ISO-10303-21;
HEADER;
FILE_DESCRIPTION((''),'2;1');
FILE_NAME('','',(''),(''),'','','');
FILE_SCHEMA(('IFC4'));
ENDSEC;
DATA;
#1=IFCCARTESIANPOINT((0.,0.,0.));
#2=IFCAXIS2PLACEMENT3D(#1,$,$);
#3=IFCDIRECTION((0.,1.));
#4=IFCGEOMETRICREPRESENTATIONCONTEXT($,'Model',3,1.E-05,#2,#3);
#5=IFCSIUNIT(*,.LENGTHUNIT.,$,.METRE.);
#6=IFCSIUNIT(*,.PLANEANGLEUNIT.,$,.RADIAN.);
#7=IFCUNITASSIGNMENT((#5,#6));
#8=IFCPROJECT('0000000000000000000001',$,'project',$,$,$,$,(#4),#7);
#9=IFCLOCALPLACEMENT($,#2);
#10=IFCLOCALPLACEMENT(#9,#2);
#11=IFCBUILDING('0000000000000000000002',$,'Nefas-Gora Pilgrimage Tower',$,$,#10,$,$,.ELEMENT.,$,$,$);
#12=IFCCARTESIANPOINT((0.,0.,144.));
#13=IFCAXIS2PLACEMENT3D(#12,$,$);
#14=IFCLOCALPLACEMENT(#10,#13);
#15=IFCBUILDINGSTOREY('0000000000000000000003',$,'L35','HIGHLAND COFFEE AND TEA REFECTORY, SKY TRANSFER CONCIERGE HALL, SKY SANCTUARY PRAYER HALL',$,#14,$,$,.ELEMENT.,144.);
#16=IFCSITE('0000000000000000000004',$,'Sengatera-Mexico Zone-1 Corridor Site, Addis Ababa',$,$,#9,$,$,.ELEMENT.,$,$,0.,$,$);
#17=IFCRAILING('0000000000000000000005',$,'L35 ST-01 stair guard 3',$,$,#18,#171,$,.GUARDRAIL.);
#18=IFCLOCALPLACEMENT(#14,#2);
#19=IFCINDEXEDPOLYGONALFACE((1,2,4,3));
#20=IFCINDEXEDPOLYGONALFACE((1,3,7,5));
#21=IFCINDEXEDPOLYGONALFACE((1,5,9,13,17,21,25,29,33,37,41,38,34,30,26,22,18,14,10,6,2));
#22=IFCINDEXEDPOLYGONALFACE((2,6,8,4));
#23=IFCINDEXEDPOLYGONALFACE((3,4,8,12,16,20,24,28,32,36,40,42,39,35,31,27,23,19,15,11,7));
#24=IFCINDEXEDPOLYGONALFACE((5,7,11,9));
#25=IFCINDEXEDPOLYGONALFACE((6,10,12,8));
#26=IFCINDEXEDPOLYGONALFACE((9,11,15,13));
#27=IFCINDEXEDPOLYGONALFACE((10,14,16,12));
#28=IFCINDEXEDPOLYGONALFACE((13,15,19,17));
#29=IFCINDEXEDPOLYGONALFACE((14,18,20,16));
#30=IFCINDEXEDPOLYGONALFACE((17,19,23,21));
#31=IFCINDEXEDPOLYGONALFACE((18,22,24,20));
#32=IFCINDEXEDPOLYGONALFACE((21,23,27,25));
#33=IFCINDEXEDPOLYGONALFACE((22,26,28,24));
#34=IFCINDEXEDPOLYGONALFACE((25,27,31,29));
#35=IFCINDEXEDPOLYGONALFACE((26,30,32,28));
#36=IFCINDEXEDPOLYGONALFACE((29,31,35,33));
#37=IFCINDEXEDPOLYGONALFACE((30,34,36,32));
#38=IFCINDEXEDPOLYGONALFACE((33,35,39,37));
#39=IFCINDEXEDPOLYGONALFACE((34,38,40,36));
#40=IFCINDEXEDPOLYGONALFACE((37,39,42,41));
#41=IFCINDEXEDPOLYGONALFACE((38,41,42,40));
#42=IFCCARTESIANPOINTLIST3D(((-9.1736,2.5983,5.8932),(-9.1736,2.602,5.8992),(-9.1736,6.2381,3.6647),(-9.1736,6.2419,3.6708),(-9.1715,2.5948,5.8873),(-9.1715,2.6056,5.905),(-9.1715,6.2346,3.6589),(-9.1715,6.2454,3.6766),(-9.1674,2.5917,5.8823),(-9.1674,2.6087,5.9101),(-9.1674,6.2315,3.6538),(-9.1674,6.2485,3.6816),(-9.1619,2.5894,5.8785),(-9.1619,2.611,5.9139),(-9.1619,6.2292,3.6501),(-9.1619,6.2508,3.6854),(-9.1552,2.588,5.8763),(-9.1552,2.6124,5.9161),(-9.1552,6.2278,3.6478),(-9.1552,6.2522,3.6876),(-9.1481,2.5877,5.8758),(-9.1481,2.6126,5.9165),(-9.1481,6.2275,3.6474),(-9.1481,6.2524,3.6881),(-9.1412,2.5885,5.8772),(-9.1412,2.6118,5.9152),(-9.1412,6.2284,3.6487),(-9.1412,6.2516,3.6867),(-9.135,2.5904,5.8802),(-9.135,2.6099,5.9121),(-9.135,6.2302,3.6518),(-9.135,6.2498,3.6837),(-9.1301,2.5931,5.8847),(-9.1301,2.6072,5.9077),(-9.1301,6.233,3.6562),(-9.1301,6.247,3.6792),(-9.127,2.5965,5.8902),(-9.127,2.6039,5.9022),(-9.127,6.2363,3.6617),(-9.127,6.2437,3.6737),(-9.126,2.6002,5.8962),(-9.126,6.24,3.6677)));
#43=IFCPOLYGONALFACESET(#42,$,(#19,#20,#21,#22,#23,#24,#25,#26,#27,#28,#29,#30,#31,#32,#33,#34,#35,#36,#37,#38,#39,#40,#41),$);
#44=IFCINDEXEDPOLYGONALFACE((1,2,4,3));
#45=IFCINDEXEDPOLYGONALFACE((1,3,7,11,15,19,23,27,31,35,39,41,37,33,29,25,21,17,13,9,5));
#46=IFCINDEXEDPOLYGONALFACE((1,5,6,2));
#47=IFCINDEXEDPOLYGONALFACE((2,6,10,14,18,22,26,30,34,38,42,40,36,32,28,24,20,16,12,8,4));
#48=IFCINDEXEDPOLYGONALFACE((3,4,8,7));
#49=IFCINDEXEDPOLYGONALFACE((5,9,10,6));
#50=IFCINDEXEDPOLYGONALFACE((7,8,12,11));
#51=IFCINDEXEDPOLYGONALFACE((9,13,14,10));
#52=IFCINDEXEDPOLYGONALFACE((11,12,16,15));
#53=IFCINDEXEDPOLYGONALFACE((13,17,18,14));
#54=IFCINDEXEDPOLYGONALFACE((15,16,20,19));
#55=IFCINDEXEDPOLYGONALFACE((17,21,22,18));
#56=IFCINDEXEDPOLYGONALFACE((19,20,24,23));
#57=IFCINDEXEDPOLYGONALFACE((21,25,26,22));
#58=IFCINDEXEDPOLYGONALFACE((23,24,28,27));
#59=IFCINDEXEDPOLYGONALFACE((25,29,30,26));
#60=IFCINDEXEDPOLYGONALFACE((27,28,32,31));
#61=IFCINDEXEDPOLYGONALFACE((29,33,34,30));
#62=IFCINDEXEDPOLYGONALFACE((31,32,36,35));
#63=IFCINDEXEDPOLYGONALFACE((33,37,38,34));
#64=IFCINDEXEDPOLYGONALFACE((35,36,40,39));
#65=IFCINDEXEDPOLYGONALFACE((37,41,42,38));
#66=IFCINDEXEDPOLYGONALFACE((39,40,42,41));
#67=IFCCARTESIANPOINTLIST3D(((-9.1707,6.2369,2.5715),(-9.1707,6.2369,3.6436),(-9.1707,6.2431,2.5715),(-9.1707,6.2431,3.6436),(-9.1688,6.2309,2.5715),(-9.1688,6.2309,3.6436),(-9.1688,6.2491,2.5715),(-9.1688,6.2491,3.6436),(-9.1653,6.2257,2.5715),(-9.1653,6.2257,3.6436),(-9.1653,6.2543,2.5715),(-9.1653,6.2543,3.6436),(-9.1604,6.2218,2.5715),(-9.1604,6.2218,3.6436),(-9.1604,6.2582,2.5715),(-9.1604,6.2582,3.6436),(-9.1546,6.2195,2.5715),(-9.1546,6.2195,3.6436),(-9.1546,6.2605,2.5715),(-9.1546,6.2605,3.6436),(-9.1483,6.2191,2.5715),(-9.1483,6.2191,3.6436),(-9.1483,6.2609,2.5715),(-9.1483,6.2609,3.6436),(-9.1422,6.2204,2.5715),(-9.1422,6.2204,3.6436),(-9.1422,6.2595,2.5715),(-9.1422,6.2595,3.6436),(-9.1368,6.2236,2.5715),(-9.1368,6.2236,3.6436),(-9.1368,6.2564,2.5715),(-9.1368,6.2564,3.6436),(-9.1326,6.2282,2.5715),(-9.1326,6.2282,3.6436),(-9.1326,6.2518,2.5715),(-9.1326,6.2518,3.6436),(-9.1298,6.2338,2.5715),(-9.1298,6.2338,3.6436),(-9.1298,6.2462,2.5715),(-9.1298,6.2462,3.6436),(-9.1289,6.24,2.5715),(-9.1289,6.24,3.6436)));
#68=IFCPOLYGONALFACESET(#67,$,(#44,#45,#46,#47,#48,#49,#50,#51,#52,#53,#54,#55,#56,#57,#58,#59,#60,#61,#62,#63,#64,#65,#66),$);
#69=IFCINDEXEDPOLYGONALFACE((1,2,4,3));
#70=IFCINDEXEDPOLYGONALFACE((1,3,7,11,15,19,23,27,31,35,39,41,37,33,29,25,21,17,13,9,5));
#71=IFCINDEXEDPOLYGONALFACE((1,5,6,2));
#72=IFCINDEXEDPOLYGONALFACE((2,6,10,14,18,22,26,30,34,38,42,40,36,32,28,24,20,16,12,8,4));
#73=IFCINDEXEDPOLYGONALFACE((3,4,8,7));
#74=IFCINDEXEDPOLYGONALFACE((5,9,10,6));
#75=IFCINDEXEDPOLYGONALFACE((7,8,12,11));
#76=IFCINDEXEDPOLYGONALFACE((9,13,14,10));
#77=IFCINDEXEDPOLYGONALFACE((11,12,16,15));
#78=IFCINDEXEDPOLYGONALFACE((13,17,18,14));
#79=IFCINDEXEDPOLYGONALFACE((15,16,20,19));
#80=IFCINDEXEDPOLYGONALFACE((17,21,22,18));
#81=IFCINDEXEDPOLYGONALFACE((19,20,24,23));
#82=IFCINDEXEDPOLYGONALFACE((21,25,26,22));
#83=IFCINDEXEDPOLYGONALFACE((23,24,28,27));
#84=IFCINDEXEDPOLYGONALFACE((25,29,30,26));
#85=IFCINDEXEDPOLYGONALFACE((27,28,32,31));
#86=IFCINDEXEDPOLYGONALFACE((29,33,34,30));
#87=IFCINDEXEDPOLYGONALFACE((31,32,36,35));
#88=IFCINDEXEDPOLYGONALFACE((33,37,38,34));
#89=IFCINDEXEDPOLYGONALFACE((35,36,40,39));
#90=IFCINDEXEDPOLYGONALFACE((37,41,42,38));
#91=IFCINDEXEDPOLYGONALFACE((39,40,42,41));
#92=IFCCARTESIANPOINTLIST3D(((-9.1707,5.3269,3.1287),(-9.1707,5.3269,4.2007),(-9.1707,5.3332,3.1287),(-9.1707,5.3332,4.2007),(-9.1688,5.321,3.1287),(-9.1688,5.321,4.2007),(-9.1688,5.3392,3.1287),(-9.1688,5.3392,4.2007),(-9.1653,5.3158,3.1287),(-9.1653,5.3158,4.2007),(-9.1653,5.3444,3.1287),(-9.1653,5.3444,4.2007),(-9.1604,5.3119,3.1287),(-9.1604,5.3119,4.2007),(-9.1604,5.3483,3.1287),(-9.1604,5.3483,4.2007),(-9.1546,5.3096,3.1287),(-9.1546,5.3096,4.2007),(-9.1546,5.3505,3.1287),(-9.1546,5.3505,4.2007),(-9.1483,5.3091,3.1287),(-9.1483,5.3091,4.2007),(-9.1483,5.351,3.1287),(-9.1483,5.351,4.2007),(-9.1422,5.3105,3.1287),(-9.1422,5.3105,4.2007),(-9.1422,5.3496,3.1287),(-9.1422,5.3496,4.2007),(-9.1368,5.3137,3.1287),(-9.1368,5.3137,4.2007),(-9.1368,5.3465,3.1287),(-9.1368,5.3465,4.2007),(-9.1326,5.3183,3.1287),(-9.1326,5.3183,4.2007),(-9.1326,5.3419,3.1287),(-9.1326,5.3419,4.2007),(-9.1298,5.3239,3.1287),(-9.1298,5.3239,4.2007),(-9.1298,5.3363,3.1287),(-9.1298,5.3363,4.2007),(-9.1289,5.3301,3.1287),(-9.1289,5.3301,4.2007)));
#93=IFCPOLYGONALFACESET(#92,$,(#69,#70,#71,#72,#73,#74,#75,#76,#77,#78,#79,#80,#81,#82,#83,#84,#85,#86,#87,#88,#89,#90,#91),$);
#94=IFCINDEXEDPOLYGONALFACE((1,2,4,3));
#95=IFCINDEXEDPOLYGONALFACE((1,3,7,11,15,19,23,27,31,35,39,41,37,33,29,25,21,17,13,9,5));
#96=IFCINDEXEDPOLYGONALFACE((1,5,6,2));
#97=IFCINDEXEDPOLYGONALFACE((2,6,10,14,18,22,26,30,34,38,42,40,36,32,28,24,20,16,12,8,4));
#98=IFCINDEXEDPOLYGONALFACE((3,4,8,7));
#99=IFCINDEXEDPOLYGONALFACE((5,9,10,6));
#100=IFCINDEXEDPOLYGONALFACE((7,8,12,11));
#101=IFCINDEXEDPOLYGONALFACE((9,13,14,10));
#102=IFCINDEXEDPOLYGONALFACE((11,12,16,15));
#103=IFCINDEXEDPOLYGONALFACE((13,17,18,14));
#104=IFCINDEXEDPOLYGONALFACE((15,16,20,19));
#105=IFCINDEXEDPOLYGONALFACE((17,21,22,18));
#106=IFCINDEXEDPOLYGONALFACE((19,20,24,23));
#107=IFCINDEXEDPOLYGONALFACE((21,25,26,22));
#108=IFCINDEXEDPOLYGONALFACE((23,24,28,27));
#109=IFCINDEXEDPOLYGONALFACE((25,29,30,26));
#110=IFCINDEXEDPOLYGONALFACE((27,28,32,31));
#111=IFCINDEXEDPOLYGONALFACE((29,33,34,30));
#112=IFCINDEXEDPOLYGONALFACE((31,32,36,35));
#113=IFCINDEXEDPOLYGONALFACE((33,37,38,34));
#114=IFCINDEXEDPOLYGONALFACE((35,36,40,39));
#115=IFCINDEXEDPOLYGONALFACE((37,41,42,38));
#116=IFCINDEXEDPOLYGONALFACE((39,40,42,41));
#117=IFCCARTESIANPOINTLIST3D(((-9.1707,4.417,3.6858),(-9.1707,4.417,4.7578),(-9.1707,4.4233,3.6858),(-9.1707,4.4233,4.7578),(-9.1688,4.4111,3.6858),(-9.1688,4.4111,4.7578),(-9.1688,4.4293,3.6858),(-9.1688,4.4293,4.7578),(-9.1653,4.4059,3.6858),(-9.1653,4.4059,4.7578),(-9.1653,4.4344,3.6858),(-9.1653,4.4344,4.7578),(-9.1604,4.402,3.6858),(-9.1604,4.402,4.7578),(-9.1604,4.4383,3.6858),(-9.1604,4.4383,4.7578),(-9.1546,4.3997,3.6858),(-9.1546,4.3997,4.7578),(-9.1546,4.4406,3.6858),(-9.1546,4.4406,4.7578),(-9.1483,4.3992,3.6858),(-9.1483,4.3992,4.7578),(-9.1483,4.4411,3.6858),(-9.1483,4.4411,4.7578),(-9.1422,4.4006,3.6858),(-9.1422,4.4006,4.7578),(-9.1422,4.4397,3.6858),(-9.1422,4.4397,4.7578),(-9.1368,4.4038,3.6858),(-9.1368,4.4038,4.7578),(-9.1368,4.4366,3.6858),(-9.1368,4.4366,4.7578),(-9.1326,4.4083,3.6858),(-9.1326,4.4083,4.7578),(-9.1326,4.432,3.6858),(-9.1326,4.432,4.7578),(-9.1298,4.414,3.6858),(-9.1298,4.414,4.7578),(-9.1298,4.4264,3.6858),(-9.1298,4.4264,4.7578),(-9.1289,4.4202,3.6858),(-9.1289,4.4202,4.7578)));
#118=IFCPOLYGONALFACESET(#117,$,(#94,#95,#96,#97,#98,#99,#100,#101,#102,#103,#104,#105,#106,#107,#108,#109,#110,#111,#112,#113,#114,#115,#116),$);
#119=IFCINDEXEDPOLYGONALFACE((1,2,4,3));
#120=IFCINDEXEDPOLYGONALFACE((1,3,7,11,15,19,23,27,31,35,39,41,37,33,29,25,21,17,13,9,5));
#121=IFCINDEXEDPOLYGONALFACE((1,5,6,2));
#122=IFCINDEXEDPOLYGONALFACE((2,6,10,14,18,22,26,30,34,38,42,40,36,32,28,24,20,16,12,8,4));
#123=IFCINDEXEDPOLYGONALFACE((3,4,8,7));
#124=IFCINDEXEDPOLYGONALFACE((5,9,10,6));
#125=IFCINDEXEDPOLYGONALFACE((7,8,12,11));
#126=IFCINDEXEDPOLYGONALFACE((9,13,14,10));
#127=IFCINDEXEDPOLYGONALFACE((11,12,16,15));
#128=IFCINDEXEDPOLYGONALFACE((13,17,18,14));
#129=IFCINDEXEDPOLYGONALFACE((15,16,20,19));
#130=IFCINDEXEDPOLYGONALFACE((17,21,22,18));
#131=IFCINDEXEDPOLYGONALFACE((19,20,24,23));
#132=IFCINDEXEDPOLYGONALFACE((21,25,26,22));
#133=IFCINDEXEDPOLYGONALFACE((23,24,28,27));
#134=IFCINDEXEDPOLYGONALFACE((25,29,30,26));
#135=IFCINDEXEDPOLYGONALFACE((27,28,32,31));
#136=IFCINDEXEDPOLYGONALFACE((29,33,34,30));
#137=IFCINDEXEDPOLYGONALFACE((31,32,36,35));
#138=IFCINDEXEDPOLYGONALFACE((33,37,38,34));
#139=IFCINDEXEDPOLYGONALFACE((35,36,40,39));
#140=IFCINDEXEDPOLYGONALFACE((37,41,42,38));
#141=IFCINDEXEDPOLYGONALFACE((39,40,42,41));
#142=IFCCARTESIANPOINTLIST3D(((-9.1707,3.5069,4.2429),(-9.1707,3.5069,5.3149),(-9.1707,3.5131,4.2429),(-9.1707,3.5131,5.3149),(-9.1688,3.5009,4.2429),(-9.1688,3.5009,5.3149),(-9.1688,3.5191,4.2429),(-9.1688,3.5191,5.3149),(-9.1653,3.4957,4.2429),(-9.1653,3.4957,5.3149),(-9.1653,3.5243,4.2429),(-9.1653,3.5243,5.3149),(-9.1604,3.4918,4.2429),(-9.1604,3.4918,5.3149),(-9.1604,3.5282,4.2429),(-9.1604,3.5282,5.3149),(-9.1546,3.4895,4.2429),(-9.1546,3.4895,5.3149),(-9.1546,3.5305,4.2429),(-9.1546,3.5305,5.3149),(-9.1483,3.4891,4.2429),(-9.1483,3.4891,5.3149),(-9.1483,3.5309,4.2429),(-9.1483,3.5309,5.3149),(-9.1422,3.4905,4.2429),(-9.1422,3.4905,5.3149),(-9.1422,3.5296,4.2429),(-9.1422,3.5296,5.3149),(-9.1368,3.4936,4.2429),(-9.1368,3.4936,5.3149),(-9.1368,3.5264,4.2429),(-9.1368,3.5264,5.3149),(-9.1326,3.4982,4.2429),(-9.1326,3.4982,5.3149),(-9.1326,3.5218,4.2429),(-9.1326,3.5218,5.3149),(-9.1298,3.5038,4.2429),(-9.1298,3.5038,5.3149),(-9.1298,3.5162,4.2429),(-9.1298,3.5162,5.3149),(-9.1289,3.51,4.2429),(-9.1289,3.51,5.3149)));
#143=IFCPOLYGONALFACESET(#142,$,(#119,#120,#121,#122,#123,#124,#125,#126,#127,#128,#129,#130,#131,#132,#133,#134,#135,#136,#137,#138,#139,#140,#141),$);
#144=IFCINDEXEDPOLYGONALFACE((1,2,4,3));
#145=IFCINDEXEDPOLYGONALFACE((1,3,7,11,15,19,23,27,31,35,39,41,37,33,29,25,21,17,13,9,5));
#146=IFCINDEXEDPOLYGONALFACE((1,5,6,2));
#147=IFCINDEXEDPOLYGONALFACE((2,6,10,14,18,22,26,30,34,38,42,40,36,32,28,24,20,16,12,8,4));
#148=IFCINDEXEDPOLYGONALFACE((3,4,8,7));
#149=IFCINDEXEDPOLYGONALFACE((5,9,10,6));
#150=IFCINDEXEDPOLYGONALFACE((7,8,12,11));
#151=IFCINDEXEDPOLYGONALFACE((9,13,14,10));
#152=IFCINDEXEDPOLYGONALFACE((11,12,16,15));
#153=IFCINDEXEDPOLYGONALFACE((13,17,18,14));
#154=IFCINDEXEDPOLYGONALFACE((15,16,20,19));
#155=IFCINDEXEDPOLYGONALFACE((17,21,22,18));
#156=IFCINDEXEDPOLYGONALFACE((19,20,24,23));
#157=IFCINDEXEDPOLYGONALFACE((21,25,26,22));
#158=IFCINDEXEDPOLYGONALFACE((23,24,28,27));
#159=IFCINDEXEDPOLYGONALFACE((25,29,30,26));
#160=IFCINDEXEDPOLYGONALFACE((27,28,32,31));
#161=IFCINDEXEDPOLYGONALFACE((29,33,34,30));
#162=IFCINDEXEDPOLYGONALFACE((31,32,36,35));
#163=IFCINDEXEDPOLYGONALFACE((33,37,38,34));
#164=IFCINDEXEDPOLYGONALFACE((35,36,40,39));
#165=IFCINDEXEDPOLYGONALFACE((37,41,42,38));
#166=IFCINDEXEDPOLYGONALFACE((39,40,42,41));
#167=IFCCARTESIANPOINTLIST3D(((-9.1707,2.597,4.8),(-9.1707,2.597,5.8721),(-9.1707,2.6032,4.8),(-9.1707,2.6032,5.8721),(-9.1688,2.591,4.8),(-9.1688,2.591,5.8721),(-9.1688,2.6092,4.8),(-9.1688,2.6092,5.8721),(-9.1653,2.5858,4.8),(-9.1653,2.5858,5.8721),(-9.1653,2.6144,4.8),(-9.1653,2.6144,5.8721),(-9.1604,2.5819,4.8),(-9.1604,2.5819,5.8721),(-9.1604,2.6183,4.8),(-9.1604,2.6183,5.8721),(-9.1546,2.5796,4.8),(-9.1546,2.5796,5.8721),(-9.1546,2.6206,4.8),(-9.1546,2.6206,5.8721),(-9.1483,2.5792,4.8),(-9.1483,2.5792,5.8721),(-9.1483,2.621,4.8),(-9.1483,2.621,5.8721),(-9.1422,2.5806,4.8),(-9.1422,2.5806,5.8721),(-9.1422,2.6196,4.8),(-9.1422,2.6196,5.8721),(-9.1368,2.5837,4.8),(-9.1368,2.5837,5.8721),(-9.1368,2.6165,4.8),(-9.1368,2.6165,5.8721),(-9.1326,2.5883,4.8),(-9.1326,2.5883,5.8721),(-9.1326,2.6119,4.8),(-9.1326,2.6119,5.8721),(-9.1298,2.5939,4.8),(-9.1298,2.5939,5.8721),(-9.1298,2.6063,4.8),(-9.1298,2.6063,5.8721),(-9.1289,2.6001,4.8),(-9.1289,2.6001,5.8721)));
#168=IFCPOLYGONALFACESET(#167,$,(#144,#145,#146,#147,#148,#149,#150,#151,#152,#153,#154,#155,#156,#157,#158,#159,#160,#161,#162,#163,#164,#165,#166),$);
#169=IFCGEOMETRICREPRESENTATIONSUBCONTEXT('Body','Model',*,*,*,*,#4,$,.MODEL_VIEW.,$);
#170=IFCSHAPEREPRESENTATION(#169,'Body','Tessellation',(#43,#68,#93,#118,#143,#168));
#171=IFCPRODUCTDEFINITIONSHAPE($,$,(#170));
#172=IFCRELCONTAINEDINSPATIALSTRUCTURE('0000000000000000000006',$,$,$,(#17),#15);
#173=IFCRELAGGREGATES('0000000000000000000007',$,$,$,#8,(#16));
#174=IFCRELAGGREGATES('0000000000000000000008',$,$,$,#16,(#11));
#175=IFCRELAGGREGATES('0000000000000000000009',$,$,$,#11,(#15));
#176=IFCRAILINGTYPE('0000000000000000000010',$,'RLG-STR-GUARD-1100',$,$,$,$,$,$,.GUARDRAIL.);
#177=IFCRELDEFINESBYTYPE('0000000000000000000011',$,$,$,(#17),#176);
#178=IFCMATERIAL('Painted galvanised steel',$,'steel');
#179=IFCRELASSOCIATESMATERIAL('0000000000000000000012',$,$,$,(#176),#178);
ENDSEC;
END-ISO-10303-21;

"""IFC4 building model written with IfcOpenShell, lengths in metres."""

from ifc_helpers import new_model, si_unit, direction, frame, origin, origin_2d, place, context, subcontext, project, spatial, circle, extrude, material, type_object, element, save


model = new_model("IFC4")

# Units and contexts
model_context = context("Model", 3, precision=1e-05, world=origin(), true_north=direction((0.0, 1.0)))
body_context = subcontext(model_context, "Body", "Model", "MODEL_VIEW")
ifc_project = project(units=[si_unit("LENGTHUNIT", "METRE"), si_unit("PLANEANGLEUNIT", "RADIAN")], contexts=[model_context])

# Site, building, storey
site_placement = place(None, origin())
site = spatial("IfcSite", under=ifc_project, at=site_placement, Name="Sengatera-Mexico Zone-1 Corridor Site, Addis Ababa", CompositionType="ELEMENT", RefElevation=0.0)
building_placement = place(site_placement, origin())
building = spatial("IfcBuilding", under=site, at=building_placement, Name="Nefas-Gora Pilgrimage Tower", CompositionType="ELEMENT")
storey_placement = place(building_placement, frame((0.0, 0.0, 144.0)))
storey = spatial("IfcBuildingStorey", under=building, at=storey_placement, Name="L35", Description="HIGHLAND COFFEE AND TEA REFECTORY, SKY TRANSFER CONCIERGE HALL, SKY SANCTUARY PRAYER HALL", CompositionType="ELEMENT", Elevation=144.0)

# Railing
ifc_material_1 = material(Name="Painted galvanised steel", Category="steel")
railing_type_1 = type_object("IfcRailingType", Name="RLG-STR-GUARD-1100", PredefinedType="GUARDRAIL", material=ifc_material_1)
railing_1_placement = place(storey_placement, frame((-9.1499, 6.24, 2.5715)))
element("IfcRailing", 1, at=railing_1_placement, inside=storey, type_object=railing_type_1, Name="L35 ST-01 stair guard 3", PredefinedType="GUARDRAIL", context=body_context, shape_type="SweptSolid", body=[
    extrude(circle(Radius=0.0239, at=origin_2d()), frame((0.0, 0.0, 1.0962), z_axis=(0.0, -0.85285, 0.522156), x_axis=(1.0, 0.0, 0.0)), (0.0, 0.0, 1.0), 4.2678),
    extrude(circle(Radius=0.021, at=origin_2d()), origin(), (0.0, 0.0, 1.0), 1.072),
    extrude(circle(Radius=0.021, at=origin_2d()), frame((0.0, -0.9099, 0.5571)), (0.0, 0.0, 1.0), 1.072),
    extrude(circle(Radius=0.021, at=origin_2d()), frame((0.0, -1.8198, 1.1143)), (0.0, 0.0, 1.0), 1.072),
    extrude(circle(Radius=0.021, at=origin_2d()), frame((0.0, -2.73, 1.6714)), (0.0, 0.0, 1.0), 1.072),
    extrude(circle(Radius=0.021, at=origin_2d()), frame((0.0, -3.6399, 2.2285)), (0.0, 0.0, 1.0), 1.072),
])

save(model, "model.ifc")
